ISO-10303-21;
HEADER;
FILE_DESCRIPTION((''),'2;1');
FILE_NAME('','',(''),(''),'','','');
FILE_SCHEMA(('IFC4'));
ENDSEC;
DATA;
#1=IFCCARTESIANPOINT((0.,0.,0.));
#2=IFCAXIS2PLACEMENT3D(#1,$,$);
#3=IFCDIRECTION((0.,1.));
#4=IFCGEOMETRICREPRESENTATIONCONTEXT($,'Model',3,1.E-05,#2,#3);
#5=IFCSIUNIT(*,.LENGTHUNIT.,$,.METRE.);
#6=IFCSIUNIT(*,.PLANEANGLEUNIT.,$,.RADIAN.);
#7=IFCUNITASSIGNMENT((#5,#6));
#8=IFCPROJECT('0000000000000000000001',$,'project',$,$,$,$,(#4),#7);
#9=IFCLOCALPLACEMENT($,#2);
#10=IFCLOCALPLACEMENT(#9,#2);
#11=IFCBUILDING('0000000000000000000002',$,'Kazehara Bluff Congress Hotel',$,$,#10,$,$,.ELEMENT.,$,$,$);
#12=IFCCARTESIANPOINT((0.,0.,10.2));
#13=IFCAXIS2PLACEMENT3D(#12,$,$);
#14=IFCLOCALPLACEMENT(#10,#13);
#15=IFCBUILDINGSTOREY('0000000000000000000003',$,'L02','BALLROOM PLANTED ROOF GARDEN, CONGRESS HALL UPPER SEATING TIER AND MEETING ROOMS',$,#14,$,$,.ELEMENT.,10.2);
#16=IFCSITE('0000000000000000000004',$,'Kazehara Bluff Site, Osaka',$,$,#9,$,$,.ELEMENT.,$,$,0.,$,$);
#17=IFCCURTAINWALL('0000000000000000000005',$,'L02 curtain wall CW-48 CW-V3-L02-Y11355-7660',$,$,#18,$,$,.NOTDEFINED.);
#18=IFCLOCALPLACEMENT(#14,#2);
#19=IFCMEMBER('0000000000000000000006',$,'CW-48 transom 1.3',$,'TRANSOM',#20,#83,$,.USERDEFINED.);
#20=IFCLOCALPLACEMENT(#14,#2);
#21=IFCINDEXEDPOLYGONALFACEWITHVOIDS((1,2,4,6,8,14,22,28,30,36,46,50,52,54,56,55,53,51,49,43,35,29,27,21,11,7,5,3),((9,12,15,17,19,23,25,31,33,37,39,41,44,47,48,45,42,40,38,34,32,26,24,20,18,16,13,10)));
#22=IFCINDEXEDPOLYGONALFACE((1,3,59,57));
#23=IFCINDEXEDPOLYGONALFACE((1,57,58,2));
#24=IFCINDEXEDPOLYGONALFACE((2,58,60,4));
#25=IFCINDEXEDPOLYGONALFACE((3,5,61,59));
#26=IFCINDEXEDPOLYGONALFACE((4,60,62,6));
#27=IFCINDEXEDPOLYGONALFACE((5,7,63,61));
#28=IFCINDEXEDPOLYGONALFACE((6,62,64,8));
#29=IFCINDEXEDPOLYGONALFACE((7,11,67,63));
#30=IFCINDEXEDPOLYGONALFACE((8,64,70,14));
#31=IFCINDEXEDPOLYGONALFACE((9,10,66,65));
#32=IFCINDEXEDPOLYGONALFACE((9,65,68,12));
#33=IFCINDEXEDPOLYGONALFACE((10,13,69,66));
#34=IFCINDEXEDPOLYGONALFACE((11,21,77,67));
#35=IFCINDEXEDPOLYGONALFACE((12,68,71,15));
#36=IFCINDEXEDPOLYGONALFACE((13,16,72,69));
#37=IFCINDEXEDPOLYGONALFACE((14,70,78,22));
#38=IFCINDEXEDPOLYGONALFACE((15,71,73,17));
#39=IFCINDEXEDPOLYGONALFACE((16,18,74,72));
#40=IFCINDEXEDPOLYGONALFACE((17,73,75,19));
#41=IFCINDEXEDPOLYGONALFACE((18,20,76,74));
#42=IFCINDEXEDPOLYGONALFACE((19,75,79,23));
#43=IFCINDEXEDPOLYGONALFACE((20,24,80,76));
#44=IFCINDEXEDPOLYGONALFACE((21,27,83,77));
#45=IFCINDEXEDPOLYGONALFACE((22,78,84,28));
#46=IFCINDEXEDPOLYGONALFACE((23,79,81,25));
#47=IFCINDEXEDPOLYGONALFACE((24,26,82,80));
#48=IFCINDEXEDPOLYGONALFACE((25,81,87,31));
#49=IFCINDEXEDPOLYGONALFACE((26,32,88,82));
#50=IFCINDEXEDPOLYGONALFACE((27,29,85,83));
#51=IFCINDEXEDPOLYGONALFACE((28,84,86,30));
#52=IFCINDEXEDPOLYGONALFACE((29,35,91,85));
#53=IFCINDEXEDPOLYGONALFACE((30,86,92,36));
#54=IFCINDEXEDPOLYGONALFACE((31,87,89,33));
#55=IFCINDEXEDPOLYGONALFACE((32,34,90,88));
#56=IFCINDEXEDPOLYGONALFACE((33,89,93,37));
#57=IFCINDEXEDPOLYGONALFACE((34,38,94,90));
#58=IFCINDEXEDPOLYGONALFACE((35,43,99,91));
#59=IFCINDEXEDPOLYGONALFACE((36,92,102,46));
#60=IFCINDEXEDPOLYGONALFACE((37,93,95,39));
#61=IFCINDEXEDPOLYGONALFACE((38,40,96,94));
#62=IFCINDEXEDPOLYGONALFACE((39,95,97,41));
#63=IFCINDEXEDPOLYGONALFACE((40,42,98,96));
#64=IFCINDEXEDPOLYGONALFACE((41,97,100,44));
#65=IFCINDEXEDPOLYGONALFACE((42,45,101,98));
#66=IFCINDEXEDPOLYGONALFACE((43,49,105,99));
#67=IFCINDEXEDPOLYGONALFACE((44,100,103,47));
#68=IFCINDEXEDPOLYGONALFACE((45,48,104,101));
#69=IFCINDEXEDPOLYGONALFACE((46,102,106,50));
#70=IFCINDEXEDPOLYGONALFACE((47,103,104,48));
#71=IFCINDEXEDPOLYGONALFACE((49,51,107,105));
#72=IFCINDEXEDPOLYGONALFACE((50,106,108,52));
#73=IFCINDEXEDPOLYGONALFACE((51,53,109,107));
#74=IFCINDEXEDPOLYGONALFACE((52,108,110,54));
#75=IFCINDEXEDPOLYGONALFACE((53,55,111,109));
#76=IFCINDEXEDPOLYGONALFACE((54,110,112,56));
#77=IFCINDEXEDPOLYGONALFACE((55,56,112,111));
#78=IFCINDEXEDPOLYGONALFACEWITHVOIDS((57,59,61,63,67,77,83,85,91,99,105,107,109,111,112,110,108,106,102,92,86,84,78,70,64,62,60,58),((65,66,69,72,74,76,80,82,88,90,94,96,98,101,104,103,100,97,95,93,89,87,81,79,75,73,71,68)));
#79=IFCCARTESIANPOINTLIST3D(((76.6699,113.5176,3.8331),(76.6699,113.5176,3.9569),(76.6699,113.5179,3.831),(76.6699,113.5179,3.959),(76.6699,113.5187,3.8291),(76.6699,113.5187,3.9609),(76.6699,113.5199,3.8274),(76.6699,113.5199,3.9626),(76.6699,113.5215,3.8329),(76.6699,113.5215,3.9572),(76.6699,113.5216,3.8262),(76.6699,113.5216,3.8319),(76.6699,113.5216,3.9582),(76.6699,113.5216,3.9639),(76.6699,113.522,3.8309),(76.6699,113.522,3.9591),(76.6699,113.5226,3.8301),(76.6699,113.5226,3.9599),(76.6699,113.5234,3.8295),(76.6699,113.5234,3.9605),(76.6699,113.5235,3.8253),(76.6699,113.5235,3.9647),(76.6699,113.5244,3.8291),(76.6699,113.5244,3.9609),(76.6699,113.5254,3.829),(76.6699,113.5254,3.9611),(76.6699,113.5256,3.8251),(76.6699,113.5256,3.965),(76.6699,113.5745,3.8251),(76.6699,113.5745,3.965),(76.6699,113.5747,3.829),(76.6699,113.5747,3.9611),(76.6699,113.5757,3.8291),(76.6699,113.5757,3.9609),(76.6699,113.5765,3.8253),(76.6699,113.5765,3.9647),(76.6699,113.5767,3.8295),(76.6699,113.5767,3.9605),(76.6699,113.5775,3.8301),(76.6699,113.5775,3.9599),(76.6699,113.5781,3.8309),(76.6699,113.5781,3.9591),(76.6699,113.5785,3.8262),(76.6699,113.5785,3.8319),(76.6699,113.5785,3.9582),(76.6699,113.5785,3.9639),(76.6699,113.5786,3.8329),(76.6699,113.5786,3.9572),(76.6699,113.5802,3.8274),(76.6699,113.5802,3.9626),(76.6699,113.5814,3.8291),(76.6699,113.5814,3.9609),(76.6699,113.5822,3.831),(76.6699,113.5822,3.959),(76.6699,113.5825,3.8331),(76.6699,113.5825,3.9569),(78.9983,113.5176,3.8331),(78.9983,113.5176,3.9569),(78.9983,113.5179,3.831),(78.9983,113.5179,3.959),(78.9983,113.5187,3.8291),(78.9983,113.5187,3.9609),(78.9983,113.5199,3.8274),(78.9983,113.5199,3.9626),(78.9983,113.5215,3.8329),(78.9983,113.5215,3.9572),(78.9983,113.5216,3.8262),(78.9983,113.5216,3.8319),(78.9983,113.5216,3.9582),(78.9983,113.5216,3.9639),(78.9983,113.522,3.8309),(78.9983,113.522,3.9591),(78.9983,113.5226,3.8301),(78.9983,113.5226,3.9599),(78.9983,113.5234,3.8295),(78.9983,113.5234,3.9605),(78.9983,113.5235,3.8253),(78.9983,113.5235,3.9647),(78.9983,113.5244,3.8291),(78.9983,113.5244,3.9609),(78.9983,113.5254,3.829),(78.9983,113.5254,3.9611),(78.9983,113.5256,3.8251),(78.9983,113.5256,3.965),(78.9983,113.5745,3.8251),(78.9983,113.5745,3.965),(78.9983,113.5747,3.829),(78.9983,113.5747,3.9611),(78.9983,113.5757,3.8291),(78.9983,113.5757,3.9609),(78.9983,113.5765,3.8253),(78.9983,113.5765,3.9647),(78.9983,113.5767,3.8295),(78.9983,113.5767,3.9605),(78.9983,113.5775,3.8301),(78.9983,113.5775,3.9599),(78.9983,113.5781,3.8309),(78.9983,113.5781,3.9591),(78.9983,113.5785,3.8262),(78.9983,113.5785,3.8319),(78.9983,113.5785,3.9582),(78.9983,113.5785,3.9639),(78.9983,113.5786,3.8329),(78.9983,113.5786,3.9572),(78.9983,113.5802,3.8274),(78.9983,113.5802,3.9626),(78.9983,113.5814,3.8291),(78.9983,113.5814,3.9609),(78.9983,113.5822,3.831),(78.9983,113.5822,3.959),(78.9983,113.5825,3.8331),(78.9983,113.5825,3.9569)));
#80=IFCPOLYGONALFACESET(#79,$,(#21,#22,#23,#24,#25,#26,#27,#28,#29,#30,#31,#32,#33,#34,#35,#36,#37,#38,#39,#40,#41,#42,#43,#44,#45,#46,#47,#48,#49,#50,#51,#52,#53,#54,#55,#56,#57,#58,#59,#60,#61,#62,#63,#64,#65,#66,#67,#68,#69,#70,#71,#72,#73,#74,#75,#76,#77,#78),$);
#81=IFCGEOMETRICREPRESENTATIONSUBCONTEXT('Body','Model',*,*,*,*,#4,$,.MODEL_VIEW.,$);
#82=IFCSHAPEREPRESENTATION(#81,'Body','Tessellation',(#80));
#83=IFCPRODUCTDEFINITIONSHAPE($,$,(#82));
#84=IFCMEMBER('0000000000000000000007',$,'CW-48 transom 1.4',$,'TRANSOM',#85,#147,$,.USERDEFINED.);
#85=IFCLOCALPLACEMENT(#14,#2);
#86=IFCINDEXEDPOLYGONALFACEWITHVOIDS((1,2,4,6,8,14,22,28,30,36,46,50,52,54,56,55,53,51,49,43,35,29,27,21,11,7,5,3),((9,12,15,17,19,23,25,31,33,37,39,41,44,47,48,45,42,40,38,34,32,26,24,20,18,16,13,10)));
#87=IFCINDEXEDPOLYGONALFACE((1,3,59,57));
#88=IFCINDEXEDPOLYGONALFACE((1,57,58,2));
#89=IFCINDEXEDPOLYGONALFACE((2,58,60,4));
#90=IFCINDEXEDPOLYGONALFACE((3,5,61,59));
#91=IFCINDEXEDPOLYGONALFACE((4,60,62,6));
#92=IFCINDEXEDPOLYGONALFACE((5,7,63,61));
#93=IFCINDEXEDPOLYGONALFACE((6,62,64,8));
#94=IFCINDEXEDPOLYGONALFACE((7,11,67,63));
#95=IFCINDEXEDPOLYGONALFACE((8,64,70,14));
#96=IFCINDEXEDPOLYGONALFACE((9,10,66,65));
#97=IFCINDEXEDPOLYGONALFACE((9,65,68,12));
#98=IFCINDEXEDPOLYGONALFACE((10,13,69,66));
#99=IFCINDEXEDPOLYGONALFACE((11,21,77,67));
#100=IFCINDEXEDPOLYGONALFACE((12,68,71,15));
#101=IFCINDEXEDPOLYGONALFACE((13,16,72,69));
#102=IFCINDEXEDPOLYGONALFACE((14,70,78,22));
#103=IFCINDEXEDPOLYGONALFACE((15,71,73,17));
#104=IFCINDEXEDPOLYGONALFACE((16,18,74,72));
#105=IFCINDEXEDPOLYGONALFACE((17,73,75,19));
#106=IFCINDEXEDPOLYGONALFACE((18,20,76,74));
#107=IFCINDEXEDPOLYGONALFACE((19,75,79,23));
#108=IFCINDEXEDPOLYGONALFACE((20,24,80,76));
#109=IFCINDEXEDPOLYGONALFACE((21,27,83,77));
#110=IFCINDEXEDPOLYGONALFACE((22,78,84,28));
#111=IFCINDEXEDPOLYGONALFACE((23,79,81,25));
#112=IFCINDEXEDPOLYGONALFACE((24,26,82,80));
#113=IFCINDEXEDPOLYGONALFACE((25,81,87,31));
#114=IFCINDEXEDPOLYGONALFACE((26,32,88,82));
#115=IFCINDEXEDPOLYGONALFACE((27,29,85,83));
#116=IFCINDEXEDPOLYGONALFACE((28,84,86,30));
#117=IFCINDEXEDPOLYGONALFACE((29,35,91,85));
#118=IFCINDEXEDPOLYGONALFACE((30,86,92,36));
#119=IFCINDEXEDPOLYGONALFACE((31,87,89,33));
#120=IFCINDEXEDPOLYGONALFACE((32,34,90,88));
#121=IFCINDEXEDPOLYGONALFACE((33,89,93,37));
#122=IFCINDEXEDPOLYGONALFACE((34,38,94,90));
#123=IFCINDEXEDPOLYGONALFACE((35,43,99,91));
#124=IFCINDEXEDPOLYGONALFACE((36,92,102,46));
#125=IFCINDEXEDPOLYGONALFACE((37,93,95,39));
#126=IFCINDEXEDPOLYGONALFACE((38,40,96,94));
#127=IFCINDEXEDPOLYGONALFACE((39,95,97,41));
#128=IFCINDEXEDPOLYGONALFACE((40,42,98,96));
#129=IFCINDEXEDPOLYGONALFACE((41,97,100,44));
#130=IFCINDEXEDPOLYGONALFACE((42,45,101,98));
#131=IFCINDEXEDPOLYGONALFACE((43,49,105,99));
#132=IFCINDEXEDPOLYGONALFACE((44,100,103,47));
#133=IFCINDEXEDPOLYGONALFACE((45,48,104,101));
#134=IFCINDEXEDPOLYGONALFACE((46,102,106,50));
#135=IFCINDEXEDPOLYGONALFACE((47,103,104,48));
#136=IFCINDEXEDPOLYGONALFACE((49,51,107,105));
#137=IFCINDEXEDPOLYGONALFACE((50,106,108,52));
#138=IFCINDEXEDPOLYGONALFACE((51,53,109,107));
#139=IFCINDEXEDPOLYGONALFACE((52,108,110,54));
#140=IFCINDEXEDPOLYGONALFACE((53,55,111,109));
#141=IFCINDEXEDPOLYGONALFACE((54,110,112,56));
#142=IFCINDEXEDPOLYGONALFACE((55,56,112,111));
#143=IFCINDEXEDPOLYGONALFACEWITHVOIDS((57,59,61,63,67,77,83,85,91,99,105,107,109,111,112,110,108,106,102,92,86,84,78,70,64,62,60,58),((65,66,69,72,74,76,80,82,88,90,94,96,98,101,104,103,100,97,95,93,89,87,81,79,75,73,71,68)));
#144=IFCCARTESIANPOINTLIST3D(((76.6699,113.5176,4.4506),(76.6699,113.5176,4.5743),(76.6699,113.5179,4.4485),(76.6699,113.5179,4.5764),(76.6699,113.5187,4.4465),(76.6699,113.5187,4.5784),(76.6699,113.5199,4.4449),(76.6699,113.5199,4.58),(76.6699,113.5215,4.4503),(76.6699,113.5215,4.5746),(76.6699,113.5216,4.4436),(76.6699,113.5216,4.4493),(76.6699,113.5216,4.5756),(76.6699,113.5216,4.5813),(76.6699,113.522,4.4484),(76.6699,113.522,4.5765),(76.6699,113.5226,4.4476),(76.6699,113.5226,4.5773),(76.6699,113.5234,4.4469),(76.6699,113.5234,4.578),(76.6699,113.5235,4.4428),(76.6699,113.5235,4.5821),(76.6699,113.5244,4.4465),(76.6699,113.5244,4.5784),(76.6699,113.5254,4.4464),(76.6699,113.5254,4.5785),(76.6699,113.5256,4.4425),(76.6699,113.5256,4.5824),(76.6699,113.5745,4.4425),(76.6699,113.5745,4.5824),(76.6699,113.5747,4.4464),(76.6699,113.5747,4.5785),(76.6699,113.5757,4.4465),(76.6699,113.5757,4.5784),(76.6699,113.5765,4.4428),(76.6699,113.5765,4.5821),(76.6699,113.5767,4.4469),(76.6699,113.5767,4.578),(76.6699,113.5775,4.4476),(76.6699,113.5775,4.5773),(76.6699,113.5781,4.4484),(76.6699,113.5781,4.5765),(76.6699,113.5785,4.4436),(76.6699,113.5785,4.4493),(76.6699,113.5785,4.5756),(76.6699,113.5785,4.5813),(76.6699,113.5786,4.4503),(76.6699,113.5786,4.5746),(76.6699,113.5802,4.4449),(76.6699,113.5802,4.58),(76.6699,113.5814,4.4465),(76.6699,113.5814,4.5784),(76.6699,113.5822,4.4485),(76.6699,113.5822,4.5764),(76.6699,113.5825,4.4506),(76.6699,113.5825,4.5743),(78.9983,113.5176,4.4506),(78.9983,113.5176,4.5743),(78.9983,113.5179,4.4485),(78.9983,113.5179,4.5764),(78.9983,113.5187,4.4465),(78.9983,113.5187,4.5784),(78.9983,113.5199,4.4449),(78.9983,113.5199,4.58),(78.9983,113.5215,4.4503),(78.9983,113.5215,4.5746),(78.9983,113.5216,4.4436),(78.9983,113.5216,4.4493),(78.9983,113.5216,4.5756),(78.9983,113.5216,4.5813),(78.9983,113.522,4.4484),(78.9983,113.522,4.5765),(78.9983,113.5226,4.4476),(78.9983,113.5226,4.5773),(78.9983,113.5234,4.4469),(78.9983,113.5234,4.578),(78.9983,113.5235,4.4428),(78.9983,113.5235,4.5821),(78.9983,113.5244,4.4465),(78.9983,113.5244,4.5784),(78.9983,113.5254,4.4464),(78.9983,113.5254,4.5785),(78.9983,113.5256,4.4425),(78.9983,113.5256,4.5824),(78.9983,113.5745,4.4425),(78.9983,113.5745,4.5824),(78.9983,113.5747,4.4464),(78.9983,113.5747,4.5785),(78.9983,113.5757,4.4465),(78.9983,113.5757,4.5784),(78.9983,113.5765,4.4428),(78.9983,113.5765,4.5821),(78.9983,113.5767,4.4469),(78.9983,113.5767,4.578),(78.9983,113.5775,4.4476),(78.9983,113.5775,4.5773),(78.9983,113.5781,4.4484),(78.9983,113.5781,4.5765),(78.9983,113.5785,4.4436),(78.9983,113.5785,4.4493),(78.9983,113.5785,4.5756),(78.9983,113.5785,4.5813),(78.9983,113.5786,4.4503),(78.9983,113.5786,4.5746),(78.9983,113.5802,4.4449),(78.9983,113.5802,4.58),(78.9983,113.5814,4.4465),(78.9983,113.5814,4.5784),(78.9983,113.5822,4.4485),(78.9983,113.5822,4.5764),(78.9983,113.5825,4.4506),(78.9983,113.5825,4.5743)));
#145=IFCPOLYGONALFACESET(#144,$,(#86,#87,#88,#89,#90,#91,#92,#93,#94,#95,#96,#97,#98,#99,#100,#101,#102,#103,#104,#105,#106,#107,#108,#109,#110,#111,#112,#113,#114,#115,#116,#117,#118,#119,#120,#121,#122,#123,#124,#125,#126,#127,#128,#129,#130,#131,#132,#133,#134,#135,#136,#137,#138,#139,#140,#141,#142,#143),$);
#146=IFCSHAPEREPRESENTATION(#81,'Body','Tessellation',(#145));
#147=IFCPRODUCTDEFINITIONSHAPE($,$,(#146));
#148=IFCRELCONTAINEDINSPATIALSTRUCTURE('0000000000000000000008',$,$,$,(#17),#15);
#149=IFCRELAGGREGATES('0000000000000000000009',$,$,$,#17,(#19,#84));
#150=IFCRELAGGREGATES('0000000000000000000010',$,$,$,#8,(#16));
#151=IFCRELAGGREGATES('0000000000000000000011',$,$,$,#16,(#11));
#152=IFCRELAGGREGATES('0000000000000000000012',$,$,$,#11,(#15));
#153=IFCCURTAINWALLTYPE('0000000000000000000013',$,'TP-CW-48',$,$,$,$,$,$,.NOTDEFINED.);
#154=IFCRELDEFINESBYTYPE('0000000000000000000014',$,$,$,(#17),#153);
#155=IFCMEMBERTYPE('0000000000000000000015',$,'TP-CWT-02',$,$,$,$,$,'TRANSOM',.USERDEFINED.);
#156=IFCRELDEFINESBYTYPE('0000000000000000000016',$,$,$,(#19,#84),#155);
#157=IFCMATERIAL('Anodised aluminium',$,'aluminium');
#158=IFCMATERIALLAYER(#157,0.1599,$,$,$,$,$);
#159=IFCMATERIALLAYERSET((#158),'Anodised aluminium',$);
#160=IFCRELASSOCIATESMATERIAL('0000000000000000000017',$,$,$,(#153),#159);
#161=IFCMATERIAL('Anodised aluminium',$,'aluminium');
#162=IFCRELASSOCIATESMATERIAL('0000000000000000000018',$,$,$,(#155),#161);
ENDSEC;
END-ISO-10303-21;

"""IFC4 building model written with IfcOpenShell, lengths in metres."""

from ifc_helpers import new_model, si_unit, direction, frame, origin, origin_2d, place, context, subcontext, project, spatial, hollow_rectangle, extrude, material, layer, layer_set, material_profile, profile_set, type_object, element, aggregate, save


model = new_model("IFC4")

# Units and contexts
model_context = context("Model", 3, precision=1e-05, world=origin(), true_north=direction((0.0, 1.0)))
body_context = subcontext(model_context, "Body", "Model", "MODEL_VIEW")
ifc_project = project(units=[si_unit("LENGTHUNIT", "METRE"), si_unit("PLANEANGLEUNIT", "RADIAN")], contexts=[model_context])

# Site, building, storey
site_placement = place(None, origin())
site = spatial("IfcSite", under=ifc_project, at=site_placement, Name="Kazehara Bluff Site, Osaka", CompositionType="ELEMENT", RefElevation=0.0)
building_placement = place(site_placement, origin())
building = spatial("IfcBuilding", under=site, at=building_placement, Name="Kazehara Bluff Congress Hotel", CompositionType="ELEMENT")
storey_placement = place(building_placement, frame((0.0, 0.0, 10.2)))
storey = spatial("IfcBuildingStorey", under=building, at=storey_placement, Name="L02", Description="BALLROOM PLANTED ROOF GARDEN, CONGRESS HALL UPPER SEATING TIER AND MEETING ROOMS", CompositionType="ELEMENT", Elevation=10.2)

# Curtain wall, members
ifc_material_1 = material(Name="Anodised aluminium", Category="aluminium")
ifc_layer_1 = layer(ifc_material_1, 0.1599)
ifc_layer_set_1 = layer_set([ifc_layer_1], Name="Anodised aluminium")
curtain_wall_type = type_object("IfcCurtainWallType", Name="TP-CW-48", PredefinedType="NOTDEFINED", material=ifc_layer_set_1)
curtain_wall_placement = place(storey_placement, origin())
curtain_wall = element("IfcCurtainWall", 1, at=curtain_wall_placement, inside=storey, type_object=curtain_wall_type, Name="L02 curtain wall CW-48 CW-V3-L02-Y11355-7660", PredefinedType="NOTDEFINED")
ifc_material_2 = material(Name="Anodised aluminium", Category="aluminium")
ifc_material_profile_1 = material_profile(ifc_material_2, hollow_rectangle(XDim=0.0649, YDim=0.1399, WallThickness=0.0039, InnerFilletRadius=0.0039, OuterFilletRadius=0.0081, at=origin_2d()))
ifc_profile_set_1 = profile_set([ifc_material_profile_1], Name="Anodised aluminium")
member_type_1 = type_object("IfcMemberType", Name="TP-CWT-02", ElementType="TRANSOM", PredefinedType="USERDEFINED", material=ifc_profile_set_1)
member_1_placement = place(storey_placement, frame((76.6699, 113.55, 3.895), z_axis=(1.0, 0.0, 0.0), x_axis=(0.0, 1.0, 0.0)))
member_1 = element("IfcMember", 2, at=member_1_placement, type_object=member_type_1, Name="CW-48 transom 1.3", ObjectType="TRANSOM", PredefinedType="USERDEFINED", context=body_context, shape_type="SweptSolid", body=[
    extrude(hollow_rectangle(XDim=0.0649, YDim=0.1399, WallThickness=0.0039, InnerFilletRadius=0.0039, OuterFilletRadius=0.0081, at=origin_2d()), origin(), (0.0, 0.0, 1.0), 2.3284),
])
member_2_placement = place(storey_placement, frame((76.6699, 113.55, 4.5125), z_axis=(1.0, 0.0, 0.0), x_axis=(0.0, 1.0, 0.0)))
member_2 = element("IfcMember", 3, at=member_2_placement, type_object=member_type_1, Name="CW-48 transom 1.4", ObjectType="TRANSOM", PredefinedType="USERDEFINED", context=body_context, shape_type="SweptSolid", body=[
    extrude(hollow_rectangle(XDim=0.0649, YDim=0.1399, WallThickness=0.0039, InnerFilletRadius=0.0039, OuterFilletRadius=0.0081, at=origin_2d()), origin(), (0.0, 0.0, 1.0), 2.3284),
])
aggregate(curtain_wall, [member_1, member_2])

save(model, "model.ifc")
